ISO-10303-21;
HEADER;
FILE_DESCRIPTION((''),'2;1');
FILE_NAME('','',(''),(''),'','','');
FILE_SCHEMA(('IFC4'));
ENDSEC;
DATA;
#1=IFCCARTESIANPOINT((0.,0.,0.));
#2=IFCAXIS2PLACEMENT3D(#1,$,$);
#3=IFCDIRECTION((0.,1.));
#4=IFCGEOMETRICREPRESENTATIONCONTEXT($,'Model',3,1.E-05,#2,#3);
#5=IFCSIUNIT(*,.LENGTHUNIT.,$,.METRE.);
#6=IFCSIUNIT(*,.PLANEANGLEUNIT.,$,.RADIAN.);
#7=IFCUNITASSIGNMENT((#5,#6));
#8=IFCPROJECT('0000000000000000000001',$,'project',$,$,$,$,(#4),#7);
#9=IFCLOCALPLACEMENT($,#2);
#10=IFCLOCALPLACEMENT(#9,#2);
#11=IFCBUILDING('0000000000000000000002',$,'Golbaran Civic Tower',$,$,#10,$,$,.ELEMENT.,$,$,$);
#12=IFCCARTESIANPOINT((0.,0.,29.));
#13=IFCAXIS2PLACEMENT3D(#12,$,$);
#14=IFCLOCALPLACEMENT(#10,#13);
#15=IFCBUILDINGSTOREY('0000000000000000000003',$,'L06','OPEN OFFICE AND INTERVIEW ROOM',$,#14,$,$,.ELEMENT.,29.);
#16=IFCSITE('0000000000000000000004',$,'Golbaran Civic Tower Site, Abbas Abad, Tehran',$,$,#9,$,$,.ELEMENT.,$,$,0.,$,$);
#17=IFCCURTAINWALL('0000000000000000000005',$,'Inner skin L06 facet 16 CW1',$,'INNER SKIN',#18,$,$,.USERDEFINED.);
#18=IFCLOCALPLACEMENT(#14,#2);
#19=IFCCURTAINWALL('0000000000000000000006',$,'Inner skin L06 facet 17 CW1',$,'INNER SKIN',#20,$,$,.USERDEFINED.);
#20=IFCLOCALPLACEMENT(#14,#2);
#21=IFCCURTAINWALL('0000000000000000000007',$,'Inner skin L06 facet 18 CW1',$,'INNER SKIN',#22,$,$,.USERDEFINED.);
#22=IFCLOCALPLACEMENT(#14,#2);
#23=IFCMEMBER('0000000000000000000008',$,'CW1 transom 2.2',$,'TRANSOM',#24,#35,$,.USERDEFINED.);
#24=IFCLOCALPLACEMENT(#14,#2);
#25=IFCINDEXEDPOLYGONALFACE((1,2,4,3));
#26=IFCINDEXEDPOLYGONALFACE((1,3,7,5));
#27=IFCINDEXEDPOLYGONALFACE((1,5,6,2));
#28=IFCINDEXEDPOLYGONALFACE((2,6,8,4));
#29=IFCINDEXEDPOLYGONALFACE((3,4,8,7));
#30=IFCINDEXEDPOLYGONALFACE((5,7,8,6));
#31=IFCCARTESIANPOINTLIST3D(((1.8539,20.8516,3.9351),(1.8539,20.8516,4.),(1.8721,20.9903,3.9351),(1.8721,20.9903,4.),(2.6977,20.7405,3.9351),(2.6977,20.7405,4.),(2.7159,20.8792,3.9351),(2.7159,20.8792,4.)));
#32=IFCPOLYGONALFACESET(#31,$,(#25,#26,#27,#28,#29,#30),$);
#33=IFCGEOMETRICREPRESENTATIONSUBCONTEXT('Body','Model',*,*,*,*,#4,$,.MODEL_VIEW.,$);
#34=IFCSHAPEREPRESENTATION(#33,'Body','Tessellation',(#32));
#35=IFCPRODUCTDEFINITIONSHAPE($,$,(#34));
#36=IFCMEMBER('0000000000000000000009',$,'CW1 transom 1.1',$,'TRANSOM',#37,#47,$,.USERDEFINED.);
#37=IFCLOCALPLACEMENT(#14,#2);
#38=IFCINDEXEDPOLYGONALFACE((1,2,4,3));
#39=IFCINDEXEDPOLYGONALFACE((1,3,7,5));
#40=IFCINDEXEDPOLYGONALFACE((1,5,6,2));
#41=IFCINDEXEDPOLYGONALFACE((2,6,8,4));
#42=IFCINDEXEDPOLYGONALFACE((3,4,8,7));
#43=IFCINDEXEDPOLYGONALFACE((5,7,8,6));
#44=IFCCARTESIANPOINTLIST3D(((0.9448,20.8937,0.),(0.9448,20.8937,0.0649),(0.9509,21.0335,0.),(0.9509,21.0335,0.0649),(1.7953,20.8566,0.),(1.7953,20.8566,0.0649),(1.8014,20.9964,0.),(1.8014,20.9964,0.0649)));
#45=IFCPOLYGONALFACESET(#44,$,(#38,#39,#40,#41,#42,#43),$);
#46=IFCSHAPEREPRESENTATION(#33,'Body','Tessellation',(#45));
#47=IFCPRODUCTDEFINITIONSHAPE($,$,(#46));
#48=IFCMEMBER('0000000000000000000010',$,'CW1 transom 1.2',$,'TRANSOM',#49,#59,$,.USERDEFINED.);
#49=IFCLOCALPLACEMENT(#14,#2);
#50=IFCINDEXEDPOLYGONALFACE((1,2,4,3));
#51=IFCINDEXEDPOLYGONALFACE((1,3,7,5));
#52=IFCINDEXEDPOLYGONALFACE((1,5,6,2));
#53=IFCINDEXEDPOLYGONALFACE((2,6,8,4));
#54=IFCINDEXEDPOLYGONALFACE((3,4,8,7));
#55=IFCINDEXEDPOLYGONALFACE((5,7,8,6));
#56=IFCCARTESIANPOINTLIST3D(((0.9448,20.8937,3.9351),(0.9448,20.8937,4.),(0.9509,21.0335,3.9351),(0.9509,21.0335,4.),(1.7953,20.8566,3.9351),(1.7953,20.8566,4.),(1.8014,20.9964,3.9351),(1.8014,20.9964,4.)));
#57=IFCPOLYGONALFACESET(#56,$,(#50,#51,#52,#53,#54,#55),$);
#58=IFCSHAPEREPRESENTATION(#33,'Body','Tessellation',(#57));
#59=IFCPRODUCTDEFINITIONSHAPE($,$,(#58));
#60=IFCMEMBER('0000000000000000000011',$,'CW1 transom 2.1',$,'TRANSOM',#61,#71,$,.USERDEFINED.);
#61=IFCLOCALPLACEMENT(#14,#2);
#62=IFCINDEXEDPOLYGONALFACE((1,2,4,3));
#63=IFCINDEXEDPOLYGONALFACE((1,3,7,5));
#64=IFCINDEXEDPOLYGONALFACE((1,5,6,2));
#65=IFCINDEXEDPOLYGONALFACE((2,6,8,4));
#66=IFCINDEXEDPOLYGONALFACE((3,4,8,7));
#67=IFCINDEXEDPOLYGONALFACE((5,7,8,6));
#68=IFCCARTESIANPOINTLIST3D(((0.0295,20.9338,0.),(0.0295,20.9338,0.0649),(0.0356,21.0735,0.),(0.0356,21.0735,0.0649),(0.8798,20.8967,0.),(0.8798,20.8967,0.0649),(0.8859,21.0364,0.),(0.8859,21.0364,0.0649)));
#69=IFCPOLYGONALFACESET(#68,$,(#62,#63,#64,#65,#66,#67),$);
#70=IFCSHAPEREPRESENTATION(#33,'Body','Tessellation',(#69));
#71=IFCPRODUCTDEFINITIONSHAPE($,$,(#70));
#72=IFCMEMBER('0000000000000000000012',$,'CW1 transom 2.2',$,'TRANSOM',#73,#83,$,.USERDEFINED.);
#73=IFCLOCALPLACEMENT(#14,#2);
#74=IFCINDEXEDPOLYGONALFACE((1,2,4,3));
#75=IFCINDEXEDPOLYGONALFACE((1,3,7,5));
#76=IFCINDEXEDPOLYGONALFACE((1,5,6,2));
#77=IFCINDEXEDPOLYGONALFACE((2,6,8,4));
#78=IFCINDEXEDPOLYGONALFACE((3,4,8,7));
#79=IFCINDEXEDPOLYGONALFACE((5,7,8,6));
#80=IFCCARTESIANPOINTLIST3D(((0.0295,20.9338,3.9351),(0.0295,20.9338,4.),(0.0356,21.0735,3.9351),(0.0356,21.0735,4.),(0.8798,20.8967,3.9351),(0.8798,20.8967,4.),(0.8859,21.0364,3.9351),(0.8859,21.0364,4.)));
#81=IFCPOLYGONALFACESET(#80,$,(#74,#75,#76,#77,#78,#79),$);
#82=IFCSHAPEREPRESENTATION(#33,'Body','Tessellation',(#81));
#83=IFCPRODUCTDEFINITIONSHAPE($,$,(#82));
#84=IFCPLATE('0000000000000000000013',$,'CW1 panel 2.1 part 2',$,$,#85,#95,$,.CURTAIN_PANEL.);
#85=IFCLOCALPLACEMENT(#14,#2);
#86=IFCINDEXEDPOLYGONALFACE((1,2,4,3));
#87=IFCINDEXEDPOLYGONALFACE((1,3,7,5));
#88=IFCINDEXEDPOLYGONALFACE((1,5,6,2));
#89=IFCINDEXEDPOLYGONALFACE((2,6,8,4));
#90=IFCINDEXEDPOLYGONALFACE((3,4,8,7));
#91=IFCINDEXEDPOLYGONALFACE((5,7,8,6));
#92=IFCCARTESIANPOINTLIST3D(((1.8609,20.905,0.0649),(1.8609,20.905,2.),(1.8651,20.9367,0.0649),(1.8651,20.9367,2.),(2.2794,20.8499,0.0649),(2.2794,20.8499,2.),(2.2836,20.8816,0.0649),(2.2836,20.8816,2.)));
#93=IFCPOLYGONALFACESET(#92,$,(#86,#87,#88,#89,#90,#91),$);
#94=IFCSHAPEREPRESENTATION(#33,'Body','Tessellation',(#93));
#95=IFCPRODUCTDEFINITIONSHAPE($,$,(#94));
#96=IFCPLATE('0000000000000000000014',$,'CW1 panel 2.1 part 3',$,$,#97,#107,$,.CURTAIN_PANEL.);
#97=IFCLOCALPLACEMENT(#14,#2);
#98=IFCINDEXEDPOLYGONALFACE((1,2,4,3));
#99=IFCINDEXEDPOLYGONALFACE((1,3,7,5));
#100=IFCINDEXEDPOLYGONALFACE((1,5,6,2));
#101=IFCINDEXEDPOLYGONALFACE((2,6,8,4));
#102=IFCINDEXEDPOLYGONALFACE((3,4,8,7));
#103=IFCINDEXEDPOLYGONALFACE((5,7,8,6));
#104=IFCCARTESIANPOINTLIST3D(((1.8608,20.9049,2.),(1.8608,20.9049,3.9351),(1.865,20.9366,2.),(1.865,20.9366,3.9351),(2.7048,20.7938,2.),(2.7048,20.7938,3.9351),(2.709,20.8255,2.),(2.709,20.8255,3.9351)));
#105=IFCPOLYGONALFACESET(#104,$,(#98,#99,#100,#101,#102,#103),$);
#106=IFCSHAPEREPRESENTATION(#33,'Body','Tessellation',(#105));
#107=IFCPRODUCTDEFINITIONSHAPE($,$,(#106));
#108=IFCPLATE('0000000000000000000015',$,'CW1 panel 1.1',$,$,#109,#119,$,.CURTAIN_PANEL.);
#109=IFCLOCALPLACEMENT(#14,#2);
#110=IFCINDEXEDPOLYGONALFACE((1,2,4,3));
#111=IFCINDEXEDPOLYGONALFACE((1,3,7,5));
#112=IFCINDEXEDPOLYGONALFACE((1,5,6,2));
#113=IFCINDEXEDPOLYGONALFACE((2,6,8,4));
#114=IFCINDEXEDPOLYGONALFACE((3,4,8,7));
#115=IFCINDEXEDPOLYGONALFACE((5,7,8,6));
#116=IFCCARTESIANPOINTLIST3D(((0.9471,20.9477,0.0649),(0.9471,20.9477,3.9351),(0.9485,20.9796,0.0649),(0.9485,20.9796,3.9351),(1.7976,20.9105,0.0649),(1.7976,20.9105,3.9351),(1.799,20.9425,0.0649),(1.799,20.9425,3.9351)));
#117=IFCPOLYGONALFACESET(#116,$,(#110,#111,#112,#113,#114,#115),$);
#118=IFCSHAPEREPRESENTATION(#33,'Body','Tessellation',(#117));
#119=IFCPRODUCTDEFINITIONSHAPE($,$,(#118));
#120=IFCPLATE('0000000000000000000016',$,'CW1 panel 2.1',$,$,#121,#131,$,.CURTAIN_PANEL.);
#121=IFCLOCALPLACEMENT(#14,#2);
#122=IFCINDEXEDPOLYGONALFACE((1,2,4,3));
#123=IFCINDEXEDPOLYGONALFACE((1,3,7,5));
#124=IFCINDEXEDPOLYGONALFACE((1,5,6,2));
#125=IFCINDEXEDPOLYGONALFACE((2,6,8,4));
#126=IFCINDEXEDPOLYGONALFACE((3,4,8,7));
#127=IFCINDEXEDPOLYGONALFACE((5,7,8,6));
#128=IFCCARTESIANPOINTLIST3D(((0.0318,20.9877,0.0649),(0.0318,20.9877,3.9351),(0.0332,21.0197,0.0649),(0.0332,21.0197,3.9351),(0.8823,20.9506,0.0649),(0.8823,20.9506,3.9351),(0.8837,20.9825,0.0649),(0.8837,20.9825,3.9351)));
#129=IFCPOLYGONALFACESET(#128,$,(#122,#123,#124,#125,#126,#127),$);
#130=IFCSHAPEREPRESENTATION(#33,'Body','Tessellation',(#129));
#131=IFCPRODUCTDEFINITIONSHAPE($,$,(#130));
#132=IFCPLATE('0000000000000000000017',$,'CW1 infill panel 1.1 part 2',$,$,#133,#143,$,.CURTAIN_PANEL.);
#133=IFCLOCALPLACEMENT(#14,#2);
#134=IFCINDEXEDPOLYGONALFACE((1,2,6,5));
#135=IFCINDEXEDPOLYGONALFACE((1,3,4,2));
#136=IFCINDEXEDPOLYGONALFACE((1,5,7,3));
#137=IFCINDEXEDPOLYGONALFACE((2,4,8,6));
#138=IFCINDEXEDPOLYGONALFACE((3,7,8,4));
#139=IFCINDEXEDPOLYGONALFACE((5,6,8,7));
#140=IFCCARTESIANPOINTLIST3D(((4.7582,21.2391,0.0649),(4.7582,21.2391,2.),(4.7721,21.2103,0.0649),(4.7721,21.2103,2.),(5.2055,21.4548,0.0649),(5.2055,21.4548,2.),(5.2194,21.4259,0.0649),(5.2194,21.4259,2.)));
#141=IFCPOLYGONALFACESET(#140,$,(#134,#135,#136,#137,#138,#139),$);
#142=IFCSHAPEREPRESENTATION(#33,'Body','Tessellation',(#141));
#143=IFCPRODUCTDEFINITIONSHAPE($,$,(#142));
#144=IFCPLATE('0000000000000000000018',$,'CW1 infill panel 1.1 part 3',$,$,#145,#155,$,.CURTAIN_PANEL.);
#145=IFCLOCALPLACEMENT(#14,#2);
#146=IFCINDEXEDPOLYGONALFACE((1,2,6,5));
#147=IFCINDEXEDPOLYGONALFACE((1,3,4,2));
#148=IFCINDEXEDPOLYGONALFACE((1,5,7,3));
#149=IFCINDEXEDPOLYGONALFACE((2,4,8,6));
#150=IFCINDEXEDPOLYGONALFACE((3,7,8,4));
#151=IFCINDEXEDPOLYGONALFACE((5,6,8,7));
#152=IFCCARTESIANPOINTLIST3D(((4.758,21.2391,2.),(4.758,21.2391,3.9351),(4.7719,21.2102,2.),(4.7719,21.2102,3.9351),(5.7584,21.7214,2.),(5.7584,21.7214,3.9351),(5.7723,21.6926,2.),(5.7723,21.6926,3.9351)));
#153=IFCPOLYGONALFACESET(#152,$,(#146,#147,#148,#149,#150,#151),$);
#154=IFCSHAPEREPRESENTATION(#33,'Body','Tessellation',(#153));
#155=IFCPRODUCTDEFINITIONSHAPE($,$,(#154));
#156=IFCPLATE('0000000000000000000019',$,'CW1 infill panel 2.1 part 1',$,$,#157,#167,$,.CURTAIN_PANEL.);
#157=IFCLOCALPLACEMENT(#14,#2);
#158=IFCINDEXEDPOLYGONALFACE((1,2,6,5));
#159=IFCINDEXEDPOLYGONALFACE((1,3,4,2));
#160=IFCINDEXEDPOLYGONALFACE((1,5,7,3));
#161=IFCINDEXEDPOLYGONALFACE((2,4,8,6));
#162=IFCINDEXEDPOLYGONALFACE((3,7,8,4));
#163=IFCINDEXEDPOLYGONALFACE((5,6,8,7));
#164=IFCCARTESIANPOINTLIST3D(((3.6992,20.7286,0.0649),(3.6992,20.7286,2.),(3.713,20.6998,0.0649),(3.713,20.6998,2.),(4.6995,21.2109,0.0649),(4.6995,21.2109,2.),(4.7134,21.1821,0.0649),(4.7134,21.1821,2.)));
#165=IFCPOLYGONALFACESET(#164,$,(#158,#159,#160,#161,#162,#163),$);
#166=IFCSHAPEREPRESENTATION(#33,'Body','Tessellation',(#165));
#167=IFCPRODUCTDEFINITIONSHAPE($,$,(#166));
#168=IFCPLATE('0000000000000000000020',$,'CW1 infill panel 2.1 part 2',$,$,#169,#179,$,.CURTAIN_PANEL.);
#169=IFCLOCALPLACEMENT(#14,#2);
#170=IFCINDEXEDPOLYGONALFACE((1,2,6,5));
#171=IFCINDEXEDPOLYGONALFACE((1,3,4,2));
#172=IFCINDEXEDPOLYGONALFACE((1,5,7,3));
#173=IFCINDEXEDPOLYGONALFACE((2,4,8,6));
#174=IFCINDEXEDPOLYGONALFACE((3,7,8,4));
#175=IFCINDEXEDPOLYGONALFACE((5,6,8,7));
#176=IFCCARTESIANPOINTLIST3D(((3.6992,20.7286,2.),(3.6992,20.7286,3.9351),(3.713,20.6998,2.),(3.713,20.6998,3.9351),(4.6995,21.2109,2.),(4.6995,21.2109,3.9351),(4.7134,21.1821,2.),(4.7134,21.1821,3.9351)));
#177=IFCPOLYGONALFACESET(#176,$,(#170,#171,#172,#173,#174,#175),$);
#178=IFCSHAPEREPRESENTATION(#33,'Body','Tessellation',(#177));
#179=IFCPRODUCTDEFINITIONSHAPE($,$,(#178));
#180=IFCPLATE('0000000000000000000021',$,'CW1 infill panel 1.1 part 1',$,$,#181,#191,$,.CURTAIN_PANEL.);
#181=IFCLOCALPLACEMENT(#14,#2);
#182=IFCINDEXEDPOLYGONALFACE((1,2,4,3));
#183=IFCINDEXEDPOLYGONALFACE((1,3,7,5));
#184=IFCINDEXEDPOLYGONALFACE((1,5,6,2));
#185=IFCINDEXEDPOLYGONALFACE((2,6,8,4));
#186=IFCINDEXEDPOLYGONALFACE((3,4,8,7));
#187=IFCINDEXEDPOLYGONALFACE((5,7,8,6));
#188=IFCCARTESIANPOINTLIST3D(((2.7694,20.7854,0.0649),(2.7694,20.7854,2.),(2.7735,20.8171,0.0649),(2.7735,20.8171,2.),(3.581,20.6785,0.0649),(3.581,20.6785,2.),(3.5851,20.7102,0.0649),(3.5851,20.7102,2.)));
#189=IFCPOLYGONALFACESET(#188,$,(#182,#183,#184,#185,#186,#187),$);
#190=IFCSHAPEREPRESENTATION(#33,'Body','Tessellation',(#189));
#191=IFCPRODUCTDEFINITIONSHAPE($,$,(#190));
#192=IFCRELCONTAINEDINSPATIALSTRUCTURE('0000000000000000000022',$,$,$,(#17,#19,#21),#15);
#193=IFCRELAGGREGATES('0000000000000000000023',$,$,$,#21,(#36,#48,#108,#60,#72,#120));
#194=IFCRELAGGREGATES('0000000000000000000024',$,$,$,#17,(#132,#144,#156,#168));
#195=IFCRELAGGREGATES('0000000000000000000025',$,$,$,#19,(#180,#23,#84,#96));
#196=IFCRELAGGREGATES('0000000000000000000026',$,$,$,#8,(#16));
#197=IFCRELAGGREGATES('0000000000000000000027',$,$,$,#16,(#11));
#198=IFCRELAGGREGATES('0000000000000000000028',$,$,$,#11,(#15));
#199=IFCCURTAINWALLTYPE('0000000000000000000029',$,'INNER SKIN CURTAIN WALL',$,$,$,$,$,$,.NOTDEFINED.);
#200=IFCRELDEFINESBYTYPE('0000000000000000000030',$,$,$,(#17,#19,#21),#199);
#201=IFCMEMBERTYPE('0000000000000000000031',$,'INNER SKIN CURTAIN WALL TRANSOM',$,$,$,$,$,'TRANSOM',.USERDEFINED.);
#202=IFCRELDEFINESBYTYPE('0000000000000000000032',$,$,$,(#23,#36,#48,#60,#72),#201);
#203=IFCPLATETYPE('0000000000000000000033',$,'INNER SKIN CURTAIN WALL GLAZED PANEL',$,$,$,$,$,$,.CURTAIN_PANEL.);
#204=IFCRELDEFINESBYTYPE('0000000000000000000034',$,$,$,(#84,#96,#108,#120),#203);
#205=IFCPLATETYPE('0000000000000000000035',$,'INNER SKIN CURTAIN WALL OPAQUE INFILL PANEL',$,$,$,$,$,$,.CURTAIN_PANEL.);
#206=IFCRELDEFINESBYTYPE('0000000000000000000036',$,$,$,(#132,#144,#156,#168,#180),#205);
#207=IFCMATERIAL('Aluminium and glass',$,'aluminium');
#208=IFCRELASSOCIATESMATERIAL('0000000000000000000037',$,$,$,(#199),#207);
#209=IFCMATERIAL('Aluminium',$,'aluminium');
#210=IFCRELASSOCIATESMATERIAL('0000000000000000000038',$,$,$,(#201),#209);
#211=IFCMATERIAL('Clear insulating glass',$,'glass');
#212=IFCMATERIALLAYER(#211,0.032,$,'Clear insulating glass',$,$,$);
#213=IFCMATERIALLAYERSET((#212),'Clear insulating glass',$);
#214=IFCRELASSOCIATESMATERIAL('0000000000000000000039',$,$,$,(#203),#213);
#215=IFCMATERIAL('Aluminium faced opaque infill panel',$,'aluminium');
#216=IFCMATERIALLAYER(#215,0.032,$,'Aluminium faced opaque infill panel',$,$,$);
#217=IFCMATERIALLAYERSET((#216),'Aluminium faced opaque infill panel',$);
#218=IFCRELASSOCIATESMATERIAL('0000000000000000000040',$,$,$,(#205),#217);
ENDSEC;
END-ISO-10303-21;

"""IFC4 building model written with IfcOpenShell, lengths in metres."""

from ifc_helpers import new_model, si_unit, direction, frame, origin, origin_2d, place, context, subcontext, project, spatial, rectangle, extrude, material, layer, layer_set, material_profile, profile_set, type_object, element, aggregate, save


model = new_model("IFC4")

# Units and contexts
model_context = context("Model", 3, precision=1e-05, world=origin(), true_north=direction((0.0, 1.0)))
body_context = subcontext(model_context, "Body", "Model", "MODEL_VIEW")
ifc_project = project(units=[si_unit("LENGTHUNIT", "METRE"), si_unit("PLANEANGLEUNIT", "RADIAN")], contexts=[model_context])

# Site, building, storey
site_placement = place(None, origin())
site = spatial("IfcSite", under=ifc_project, at=site_placement, Name="Golbaran Civic Tower Site, Abbas Abad, Tehran", CompositionType="ELEMENT", RefElevation=0.0)
building_placement = place(site_placement, origin())
building = spatial("IfcBuilding", under=site, at=building_placement, Name="Golbaran Civic Tower", CompositionType="ELEMENT")
storey_placement = place(building_placement, frame((0.0, 0.0, 29.0)))
storey = spatial("IfcBuildingStorey", under=building, at=storey_placement, Name="L06", Description="OPEN OFFICE AND INTERVIEW ROOM", CompositionType="ELEMENT", Elevation=29.0)

# Curtain walls
ifc_material_1 = material(Name="Aluminium and glass", Category="aluminium")
curtain_wall_type = type_object("IfcCurtainWallType", Name="INNER SKIN CURTAIN WALL", PredefinedType="NOTDEFINED", material=ifc_material_1)
curtain_wall_1_placement = place(storey_placement, origin())
curtain_wall_1 = element("IfcCurtainWall", 1, at=curtain_wall_1_placement, inside=storey, type_object=curtain_wall_type, Name="Inner skin L06 facet 16 CW1", ObjectType="INNER SKIN", PredefinedType="USERDEFINED")
ifc_material_2 = material(Name="Aluminium", Category="aluminium")
curtain_wall_2_placement = place(storey_placement, origin())
curtain_wall_2 = element("IfcCurtainWall", 2, at=curtain_wall_2_placement, inside=storey, type_object=curtain_wall_type, Name="Inner skin L06 facet 17 CW1", ObjectType="INNER SKIN", PredefinedType="USERDEFINED")

# Curtain wall
curtain_wall_3_placement = place(storey_placement, origin())
curtain_wall_3 = element("IfcCurtainWall", 3, at=curtain_wall_3_placement, inside=storey, type_object=curtain_wall_type, Name="Inner skin L06 facet 18 CW1", ObjectType="INNER SKIN", PredefinedType="USERDEFINED")

# Members
ifc_material_profile_1 = material_profile(ifc_material_2, rectangle(XDim=0.1399, YDim=0.0649, at=origin_2d()), Name="INNER SKIN CURTAIN WALL TRANSOM")
ifc_profile_set_1 = profile_set([ifc_material_profile_1], Name="Aluminium")
member_type_1 = type_object("IfcMemberType", Name="INNER SKIN CURTAIN WALL TRANSOM", ElementType="TRANSOM", PredefinedType="USERDEFINED", material=ifc_profile_set_1)
member_1_placement = place(storey_placement, frame((2.7068, 20.8098, 3.9675), z_axis=(-0.991445, 0.130529, 0.0), x_axis=(-0.130529, -0.991445, 0.0)))
member_1 = element("IfcMember", 4, at=member_1_placement, type_object=member_type_1, Name="CW1 transom 2.2", ObjectType="TRANSOM", PredefinedType="USERDEFINED", context=body_context, shape_type="SweptSolid", body=[
    extrude(rectangle(XDim=0.1399, YDim=0.0649, at=origin_2d()), origin(), (0.0, 0.0, 1.0), 0.8511),
])
member_2_placement = place(storey_placement, frame((1.7983, 20.9265, 0.0325), z_axis=(-0.99905, 0.043587, 0.0), x_axis=(-0.043587, -0.99905, 0.0)))
member_2 = element("IfcMember", 5, at=member_2_placement, type_object=member_type_1, Name="CW1 transom 1.1", ObjectType="TRANSOM", PredefinedType="USERDEFINED", context=body_context, shape_type="SweptSolid", body=[
    extrude(rectangle(XDim=0.1399, YDim=0.0649, at=origin_2d()), origin(), (0.0, 0.0, 1.0), 0.8513),
])
member_3_placement = place(storey_placement, frame((1.7983, 20.9265, 3.9675), z_axis=(-0.99905, 0.043587, 0.0), x_axis=(-0.043587, -0.99905, 0.0)))
member_3 = element("IfcMember", 6, at=member_3_placement, type_object=member_type_1, Name="CW1 transom 1.2", ObjectType="TRANSOM", PredefinedType="USERDEFINED", context=body_context, shape_type="SweptSolid", body=[
    extrude(rectangle(XDim=0.1399, YDim=0.0649, at=origin_2d()), origin(), (0.0, 0.0, 1.0), 0.8513),
])
member_4_placement = place(storey_placement, frame((0.8828, 20.9666, 0.0325), z_axis=(-0.999049, 0.043599, 0.0), x_axis=(-0.043599, -0.999049, 0.0)))
member_4 = element("IfcMember", 7, at=member_4_placement, type_object=member_type_1, Name="CW1 transom 2.1", ObjectType="TRANSOM", PredefinedType="USERDEFINED", context=body_context, shape_type="SweptSolid", body=[
    extrude(rectangle(XDim=0.1399, YDim=0.0649, at=origin_2d()), origin(), (0.0, 0.0, 1.0), 0.8511),
])
member_5_placement = place(storey_placement, frame((0.8828, 20.9666, 3.9675), z_axis=(-0.999049, 0.043599, 0.0), x_axis=(-0.043599, -0.999049, 0.0)))
member_5 = element("IfcMember", 8, at=member_5_placement, type_object=member_type_1, Name="CW1 transom 2.2", ObjectType="TRANSOM", PredefinedType="USERDEFINED", context=body_context, shape_type="SweptSolid", body=[
    extrude(rectangle(XDim=0.1399, YDim=0.0649, at=origin_2d()), origin(), (0.0, 0.0, 1.0), 0.8511),
])

# Plates
ifc_material_3 = material(Name="Clear insulating glass", Category="glass")
ifc_layer_1 = layer(ifc_material_3, 0.032, Name="Clear insulating glass")
ifc_layer_set_1 = layer_set([ifc_layer_1], Name="Clear insulating glass")
plate_type_1 = type_object("IfcPlateType", Name="INNER SKIN CURTAIN WALL GLAZED PANEL", PredefinedType="CURTAIN_PANEL", material=ifc_layer_set_1)
plate_1_placement = place(storey_placement, frame((2.0723, 20.8933, 0.0649), z_axis=(0.0, 0.0, 1.0), x_axis=(-0.991445, 0.130526, 0.0)))
plate_1 = element("IfcPlate", 9, at=plate_1_placement, type_object=plate_type_1, Name="CW1 panel 2.1 part 2", PredefinedType="CURTAIN_PANEL", context=body_context, shape_type="SweptSolid", body=[
    extrude(rectangle(XDim=0.4221, YDim=0.032, at=origin_2d()), origin(), (0.0, 0.0, 1.0), 1.9351),
])
plate_2_placement = place(storey_placement, frame((2.2849, 20.8652, 2.0), z_axis=(0.0, 0.0, 1.0), x_axis=(-0.991445, 0.130526, 0.0)))
plate_2 = element("IfcPlate", 10, at=plate_2_placement, type_object=plate_type_1, Name="CW1 panel 2.1 part 3", PredefinedType="CURTAIN_PANEL", context=body_context, shape_type="SweptSolid", body=[
    extrude(rectangle(XDim=0.8513, YDim=0.032, at=origin_2d()), origin(), (0.0, 0.0, 1.0), 1.9351),
])
plate_3_placement = place(storey_placement, frame((1.373, 20.9451, 0.0649), z_axis=(0.0, 0.0, 1.0), x_axis=(-0.999048, 0.043619, 0.0)))
plate_3 = element("IfcPlate", 11, at=plate_3_placement, type_object=plate_type_1, Name="CW1 panel 1.1", PredefinedType="CURTAIN_PANEL", context=body_context, shape_type="SweptSolid", body=[
    extrude(rectangle(XDim=0.8513, YDim=0.032, at=origin_2d()), origin(), (0.0, 0.0, 1.0), 3.8701),
])
plate_4_placement = place(storey_placement, frame((0.4578, 20.9851, 0.0649), z_axis=(0.0, 0.0, 1.0), x_axis=(-0.999048, 0.043619, 0.0)))
plate_4 = element("IfcPlate", 12, at=plate_4_placement, type_object=plate_type_1, Name="CW1 panel 2.1", PredefinedType="CURTAIN_PANEL", context=body_context, shape_type="SweptSolid", body=[
    extrude(rectangle(XDim=0.8513, YDim=0.032, at=origin_2d()), origin(), (0.0, 0.0, 1.0), 3.8701),
])
aggregate(curtain_wall_3, [member_2, member_3, plate_3, member_4, member_5, plate_4])
ifc_material_4 = material(Name="Aluminium faced opaque infill panel", Category="aluminium")
ifc_layer_2 = layer(ifc_material_4, 0.032, Name="Aluminium faced opaque infill panel")
ifc_layer_set_2 = layer_set([ifc_layer_2], Name="Aluminium faced opaque infill panel")
plate_type_2 = type_object("IfcPlateType", Name="INNER SKIN CURTAIN WALL OPAQUE INFILL PANEL", PredefinedType="CURTAIN_PANEL", material=ifc_layer_set_2)
plate_5_placement = place(storey_placement, frame((4.9888, 21.3325, 0.0649), z_axis=(0.0, 0.0, 1.0), x_axis=(-0.900767, -0.434302, 0.0)))
plate_5 = element("IfcPlate", 13, at=plate_5_placement, type_object=plate_type_2, Name="CW1 infill panel 1.1 part 2", PredefinedType="CURTAIN_PANEL", context=body_context, shape_type="SweptSolid", body=[
    extrude(rectangle(XDim=0.4966, YDim=0.032, at=origin_2d()), origin(), (0.0, 0.0, 1.0), 1.9351),
])
plate_6_placement = place(storey_placement, frame((5.2651, 21.4658, 2.0), z_axis=(0.0, 0.0, 1.0), x_axis=(-0.900767, -0.434302, 0.0)))
plate_6 = element("IfcPlate", 14, at=plate_6_placement, type_object=plate_type_2, Name="CW1 infill panel 1.1 part 3", PredefinedType="CURTAIN_PANEL", context=body_context, shape_type="SweptSolid", body=[
    extrude(rectangle(XDim=1.1106, YDim=0.032, at=origin_2d()), origin(), (0.0, 0.0, 1.0), 1.9351),
])
plate_7_placement = place(storey_placement, frame((4.2063, 20.9553, 0.0649), z_axis=(0.0, 0.0, 1.0), x_axis=(-0.900767, -0.434302, 0.0)))
plate_7 = element("IfcPlate", 15, at=plate_7_placement, type_object=plate_type_2, Name="CW1 infill panel 2.1 part 1", PredefinedType="CURTAIN_PANEL", context=body_context, shape_type="SweptSolid", body=[
    extrude(rectangle(XDim=1.1106, YDim=0.032, at=origin_2d()), origin(), (0.0, 0.0, 1.0), 1.9351),
])
plate_8_placement = place(storey_placement, frame((4.2063, 20.9553, 2.0), z_axis=(0.0, 0.0, 1.0), x_axis=(-0.900767, -0.434302, 0.0)))
plate_8 = element("IfcPlate", 16, at=plate_8_placement, type_object=plate_type_2, Name="CW1 infill panel 2.1 part 2", PredefinedType="CURTAIN_PANEL", context=body_context, shape_type="SweptSolid", body=[
    extrude(rectangle(XDim=1.1106, YDim=0.032, at=origin_2d()), origin(), (0.0, 0.0, 1.0), 1.9351),
])
aggregate(curtain_wall_1, [plate_5, plate_6, plate_7, plate_8])
plate_9_placement = place(storey_placement, frame((3.1772, 20.7478, 0.0649), z_axis=(0.0, 0.0, 1.0), x_axis=(-0.991445, 0.130526, 0.0)))
plate_9 = element("IfcPlate", 17, at=plate_9_placement, type_object=plate_type_2, Name="CW1 infill panel 1.1 part 1", PredefinedType="CURTAIN_PANEL", context=body_context, shape_type="SweptSolid", body=[
    extrude(rectangle(XDim=0.8186, YDim=0.032, at=origin_2d()), origin(), (0.0, 0.0, 1.0), 1.9351),
])
aggregate(curtain_wall_2, [plate_9, member_1, plate_1, plate_2])

save(model, "model.ifc")
